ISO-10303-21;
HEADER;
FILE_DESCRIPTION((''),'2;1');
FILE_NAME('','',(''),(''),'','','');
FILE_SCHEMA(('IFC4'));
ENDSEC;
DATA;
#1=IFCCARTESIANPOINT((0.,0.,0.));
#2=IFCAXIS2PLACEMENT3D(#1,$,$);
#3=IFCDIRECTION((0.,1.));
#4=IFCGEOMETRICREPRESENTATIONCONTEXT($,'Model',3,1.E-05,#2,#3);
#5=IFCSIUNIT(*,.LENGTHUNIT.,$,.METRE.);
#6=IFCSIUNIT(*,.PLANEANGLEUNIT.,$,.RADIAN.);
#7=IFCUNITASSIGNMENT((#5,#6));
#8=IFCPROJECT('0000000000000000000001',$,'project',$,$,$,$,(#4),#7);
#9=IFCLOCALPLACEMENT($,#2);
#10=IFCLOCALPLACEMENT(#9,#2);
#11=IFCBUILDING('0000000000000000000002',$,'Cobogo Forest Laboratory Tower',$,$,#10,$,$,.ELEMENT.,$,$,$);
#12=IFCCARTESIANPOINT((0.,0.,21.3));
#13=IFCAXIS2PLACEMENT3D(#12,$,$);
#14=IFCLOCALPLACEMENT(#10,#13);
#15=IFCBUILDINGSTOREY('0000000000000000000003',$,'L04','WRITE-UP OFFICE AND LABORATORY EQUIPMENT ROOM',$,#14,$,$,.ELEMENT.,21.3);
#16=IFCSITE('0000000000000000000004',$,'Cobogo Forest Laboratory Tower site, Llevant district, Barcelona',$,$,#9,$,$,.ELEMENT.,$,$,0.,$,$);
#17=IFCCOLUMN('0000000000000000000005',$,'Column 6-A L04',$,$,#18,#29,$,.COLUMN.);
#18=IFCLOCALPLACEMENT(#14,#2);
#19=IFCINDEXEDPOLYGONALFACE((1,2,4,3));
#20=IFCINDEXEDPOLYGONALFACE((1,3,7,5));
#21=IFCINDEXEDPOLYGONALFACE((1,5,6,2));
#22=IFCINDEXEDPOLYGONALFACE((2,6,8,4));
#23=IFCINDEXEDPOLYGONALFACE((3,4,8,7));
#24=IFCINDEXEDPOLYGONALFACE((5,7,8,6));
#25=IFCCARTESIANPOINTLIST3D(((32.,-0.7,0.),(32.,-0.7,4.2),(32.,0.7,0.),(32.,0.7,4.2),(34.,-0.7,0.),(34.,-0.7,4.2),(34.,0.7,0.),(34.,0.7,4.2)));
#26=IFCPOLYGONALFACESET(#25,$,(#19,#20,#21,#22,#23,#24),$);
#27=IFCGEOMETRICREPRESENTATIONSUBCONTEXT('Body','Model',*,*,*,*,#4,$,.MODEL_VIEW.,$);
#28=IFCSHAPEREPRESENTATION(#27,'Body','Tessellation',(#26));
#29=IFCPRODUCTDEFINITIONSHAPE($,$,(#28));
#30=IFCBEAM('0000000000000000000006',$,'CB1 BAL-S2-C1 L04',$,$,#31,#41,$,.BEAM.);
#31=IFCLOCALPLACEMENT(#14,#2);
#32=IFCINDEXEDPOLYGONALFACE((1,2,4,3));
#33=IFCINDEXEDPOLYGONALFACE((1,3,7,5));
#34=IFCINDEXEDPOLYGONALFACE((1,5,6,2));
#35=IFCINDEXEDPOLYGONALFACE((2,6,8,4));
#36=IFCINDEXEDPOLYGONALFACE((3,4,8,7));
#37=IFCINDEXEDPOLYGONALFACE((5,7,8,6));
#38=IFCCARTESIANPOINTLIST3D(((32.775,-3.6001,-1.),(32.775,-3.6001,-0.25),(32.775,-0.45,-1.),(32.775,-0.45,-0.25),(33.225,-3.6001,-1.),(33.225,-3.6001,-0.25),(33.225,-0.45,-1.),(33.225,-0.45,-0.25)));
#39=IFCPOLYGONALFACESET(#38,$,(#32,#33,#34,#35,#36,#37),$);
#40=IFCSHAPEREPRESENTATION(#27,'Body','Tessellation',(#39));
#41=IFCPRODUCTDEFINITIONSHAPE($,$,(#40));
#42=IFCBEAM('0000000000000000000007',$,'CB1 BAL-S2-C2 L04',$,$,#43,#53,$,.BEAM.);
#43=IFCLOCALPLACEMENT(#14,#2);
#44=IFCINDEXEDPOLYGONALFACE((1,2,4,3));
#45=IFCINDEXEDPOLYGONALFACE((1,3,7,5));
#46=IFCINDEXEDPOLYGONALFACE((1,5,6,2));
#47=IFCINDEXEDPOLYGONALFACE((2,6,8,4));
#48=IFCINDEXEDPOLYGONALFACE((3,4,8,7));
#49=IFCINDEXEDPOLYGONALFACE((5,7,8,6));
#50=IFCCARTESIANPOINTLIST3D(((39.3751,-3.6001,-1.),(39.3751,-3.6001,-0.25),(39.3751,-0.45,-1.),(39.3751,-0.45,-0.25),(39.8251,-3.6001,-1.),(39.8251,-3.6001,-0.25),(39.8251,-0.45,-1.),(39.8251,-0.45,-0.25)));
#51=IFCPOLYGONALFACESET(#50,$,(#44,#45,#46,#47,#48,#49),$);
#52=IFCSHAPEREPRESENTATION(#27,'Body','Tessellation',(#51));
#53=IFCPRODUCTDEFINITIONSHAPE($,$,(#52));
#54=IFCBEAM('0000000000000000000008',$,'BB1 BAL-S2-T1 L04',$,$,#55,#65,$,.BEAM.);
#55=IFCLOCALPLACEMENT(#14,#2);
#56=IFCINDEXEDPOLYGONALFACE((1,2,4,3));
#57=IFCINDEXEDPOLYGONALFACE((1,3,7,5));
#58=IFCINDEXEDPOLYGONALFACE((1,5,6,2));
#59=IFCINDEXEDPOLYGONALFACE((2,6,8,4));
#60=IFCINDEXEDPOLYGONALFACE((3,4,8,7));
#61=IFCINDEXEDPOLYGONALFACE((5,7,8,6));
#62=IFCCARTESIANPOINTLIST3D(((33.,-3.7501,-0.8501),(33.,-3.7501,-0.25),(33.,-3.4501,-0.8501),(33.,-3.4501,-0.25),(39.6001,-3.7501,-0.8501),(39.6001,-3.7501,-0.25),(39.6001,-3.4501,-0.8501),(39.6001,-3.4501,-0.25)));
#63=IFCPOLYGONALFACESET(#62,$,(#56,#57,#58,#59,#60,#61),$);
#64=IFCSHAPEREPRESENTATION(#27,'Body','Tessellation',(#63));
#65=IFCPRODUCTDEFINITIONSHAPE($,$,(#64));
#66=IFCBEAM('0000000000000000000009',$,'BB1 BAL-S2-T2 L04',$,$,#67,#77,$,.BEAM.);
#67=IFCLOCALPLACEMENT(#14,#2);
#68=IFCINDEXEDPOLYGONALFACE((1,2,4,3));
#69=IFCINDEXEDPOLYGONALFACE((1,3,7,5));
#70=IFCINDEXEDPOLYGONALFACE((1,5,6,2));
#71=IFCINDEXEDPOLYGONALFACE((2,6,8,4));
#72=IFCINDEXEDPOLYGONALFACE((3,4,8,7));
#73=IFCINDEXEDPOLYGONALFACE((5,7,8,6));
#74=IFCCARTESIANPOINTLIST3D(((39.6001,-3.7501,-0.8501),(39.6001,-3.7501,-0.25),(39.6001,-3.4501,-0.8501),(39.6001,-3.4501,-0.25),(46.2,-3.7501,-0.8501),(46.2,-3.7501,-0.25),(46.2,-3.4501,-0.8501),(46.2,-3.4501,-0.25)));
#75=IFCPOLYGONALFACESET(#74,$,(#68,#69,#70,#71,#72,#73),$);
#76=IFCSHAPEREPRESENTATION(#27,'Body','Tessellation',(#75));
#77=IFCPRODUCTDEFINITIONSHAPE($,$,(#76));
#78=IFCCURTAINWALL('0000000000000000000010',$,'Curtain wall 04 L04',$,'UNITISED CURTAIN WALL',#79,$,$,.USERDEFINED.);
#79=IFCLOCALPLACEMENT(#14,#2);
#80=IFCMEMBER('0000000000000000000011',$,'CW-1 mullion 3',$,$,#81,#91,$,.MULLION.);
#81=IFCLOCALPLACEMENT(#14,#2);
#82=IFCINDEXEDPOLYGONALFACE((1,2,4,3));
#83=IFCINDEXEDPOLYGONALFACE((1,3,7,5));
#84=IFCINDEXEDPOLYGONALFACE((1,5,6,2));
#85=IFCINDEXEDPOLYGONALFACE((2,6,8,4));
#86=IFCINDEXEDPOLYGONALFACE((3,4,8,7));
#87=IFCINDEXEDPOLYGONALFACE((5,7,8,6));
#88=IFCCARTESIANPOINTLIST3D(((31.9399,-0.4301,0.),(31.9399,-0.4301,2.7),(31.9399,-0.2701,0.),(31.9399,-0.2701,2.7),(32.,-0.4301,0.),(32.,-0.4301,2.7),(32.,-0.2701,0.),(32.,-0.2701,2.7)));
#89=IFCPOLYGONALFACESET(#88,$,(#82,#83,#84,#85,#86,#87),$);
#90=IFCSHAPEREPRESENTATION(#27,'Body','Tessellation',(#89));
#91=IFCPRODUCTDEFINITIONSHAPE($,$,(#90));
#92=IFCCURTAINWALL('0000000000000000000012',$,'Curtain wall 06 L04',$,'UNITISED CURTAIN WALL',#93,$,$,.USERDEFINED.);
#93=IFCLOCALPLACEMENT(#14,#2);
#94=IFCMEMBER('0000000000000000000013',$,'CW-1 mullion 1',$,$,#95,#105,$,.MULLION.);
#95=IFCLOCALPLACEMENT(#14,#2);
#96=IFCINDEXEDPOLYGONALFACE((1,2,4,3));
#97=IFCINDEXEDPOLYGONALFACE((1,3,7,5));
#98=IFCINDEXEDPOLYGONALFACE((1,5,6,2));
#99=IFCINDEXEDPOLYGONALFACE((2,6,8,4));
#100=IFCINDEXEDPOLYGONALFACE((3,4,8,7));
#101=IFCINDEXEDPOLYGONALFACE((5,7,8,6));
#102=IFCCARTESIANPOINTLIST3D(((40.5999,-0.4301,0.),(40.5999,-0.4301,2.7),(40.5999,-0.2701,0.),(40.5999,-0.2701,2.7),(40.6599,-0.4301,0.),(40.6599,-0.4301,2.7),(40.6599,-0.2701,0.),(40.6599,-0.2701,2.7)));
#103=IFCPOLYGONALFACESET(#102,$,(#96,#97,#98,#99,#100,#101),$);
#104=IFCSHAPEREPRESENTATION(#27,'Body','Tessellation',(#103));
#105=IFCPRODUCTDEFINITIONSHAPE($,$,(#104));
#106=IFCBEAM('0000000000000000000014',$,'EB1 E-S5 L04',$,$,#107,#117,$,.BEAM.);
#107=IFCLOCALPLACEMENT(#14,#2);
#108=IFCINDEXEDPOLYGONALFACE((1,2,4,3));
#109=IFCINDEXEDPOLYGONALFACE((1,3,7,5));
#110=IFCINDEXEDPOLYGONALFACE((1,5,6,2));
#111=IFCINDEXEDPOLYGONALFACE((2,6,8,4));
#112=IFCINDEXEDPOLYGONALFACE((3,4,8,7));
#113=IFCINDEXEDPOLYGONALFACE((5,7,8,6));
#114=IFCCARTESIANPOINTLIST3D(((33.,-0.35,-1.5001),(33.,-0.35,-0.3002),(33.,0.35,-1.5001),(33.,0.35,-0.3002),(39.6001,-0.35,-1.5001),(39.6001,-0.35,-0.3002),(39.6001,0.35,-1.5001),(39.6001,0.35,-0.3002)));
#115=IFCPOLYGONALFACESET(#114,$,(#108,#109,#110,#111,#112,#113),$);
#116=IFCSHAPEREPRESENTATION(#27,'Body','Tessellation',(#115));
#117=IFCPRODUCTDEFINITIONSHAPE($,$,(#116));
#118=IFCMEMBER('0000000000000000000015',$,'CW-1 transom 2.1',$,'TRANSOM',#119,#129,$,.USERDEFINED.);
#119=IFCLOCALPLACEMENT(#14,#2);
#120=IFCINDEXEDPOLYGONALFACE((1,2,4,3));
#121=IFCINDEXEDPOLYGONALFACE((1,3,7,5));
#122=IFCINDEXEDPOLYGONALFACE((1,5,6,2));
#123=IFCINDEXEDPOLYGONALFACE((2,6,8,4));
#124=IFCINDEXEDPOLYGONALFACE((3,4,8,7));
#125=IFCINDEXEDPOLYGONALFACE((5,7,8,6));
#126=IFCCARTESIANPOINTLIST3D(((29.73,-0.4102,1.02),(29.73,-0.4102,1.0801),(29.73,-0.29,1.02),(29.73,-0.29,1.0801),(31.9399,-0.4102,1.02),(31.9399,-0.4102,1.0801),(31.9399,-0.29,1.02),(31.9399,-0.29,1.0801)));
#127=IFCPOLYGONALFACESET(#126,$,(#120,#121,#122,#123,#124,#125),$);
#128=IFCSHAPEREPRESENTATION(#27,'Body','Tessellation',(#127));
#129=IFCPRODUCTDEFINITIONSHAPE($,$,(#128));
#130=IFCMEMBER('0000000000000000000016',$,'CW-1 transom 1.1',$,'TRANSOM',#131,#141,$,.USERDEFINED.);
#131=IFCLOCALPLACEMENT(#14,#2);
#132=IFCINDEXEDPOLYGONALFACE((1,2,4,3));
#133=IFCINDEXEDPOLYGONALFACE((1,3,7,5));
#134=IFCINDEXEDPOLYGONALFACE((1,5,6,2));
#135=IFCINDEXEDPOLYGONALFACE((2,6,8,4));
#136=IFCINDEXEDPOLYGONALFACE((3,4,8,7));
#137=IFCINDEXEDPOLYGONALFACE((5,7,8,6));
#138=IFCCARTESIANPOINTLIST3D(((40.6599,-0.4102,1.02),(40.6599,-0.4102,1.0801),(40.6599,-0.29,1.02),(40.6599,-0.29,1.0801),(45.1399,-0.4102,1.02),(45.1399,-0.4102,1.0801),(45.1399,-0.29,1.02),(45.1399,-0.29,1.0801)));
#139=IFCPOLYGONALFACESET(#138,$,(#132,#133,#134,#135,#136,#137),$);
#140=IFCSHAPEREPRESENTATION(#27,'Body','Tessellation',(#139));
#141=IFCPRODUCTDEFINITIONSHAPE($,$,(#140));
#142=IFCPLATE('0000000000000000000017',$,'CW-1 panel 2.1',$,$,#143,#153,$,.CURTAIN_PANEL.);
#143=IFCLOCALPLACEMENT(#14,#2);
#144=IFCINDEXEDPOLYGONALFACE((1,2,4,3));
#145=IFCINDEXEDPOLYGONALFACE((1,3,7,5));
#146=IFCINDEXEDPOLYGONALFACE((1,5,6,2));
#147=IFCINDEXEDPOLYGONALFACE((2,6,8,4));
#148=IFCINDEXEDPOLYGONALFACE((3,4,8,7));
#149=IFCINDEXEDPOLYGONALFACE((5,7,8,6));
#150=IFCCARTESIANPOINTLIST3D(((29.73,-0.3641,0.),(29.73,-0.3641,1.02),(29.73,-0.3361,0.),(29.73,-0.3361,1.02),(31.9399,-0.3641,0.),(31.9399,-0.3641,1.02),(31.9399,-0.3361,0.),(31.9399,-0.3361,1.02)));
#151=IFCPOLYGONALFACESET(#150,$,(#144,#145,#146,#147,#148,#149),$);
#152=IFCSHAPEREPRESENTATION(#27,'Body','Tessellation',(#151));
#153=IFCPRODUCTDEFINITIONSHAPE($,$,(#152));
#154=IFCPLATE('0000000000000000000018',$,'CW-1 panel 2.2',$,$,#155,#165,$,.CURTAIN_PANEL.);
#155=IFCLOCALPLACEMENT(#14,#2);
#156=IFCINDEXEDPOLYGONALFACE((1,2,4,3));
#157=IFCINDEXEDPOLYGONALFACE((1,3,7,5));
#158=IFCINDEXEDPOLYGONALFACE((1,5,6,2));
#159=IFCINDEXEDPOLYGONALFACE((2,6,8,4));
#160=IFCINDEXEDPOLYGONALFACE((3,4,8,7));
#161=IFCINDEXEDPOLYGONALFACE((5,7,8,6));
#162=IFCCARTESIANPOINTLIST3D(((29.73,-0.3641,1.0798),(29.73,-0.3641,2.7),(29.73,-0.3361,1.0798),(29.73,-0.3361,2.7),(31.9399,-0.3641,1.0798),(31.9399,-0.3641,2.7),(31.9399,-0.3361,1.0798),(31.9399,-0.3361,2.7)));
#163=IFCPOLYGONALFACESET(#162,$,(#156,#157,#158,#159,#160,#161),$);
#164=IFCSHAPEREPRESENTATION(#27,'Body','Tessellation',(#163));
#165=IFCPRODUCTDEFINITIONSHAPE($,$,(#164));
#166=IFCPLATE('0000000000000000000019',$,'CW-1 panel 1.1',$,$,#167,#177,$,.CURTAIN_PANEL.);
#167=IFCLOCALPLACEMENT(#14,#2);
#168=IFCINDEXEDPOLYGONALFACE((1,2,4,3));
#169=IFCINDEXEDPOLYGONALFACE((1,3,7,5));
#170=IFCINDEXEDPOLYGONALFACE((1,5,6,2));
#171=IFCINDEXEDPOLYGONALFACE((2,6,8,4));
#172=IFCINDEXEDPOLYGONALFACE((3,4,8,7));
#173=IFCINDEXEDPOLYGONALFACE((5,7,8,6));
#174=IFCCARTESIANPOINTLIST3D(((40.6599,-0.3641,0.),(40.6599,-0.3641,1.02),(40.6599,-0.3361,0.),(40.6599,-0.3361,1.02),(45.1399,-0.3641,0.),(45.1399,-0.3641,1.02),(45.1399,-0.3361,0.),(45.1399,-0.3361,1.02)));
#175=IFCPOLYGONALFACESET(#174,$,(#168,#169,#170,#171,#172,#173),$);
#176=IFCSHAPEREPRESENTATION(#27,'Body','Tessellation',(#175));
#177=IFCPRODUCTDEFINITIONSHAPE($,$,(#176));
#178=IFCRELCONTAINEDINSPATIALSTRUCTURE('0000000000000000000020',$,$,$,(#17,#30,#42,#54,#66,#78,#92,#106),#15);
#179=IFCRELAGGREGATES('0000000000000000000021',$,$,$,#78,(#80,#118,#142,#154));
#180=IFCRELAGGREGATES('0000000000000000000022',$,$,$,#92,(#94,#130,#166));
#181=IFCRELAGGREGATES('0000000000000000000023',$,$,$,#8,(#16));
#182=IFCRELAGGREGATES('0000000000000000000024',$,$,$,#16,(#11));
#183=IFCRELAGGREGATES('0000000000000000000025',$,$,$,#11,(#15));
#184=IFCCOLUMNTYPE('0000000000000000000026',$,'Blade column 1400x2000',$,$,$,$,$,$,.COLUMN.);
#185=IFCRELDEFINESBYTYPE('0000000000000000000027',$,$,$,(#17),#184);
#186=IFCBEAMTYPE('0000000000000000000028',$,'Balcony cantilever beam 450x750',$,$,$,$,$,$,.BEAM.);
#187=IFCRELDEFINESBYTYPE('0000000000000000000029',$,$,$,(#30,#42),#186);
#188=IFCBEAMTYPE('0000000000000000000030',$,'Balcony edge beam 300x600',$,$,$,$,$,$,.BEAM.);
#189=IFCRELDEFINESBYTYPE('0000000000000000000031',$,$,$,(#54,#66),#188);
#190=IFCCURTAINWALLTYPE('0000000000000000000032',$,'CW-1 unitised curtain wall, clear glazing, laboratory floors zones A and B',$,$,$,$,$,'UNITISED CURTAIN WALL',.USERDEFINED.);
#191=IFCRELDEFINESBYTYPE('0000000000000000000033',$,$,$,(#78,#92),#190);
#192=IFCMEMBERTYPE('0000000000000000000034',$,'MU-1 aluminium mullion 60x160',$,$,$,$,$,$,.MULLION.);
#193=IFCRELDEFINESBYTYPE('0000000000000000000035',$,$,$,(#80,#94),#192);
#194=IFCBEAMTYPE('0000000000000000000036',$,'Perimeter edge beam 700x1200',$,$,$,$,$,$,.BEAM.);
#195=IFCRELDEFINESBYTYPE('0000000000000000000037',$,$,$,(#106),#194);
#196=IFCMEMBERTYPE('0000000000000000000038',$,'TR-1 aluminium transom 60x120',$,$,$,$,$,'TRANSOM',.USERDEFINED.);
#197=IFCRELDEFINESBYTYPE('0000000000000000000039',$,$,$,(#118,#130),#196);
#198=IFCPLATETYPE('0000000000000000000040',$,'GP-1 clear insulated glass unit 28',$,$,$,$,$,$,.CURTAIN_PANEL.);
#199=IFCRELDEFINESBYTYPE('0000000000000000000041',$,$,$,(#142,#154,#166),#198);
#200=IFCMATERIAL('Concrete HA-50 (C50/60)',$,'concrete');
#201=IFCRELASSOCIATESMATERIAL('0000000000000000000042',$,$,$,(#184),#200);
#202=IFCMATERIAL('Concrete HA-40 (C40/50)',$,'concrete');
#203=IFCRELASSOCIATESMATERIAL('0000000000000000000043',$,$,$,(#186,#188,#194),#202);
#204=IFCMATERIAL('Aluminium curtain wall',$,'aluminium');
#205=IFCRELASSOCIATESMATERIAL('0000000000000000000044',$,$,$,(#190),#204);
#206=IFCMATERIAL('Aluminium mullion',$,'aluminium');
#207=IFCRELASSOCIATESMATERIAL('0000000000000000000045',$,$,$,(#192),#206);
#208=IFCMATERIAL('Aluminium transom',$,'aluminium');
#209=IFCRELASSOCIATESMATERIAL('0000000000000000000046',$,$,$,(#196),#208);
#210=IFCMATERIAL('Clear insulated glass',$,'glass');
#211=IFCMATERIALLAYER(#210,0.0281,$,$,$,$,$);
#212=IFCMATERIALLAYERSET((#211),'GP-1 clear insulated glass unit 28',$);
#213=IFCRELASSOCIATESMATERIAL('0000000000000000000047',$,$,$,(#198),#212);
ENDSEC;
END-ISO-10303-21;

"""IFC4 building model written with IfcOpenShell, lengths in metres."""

from ifc_helpers import new_model, si_unit, direction, frame, origin, origin_2d, place, context, subcontext, project, spatial, rectangle, extrude, material, layer, layer_set, material_profile, profile_set, type_object, element, aggregate, save


model = new_model("IFC4")

# Units and contexts
model_context = context("Model", 3, precision=1e-05, world=origin(), true_north=direction((0.0, 1.0)))
body_context = subcontext(model_context, "Body", "Model", "MODEL_VIEW")
ifc_project = project(units=[si_unit("LENGTHUNIT", "METRE"), si_unit("PLANEANGLEUNIT", "RADIAN")], contexts=[model_context])

# Site, building, storey
site_placement = place(None, origin())
site = spatial("IfcSite", under=ifc_project, at=site_placement, Name="Cobogo Forest Laboratory Tower site, Llevant district, Barcelona", CompositionType="ELEMENT", RefElevation=0.0)
building_placement = place(site_placement, origin())
building = spatial("IfcBuilding", under=site, at=building_placement, Name="Cobogo Forest Laboratory Tower", CompositionType="ELEMENT")
storey_placement = place(building_placement, frame((0.0, 0.0, 21.3)))
storey = spatial("IfcBuildingStorey", under=building, at=storey_placement, Name="L04", Description="WRITE-UP OFFICE AND LABORATORY EQUIPMENT ROOM", CompositionType="ELEMENT", Elevation=21.3)

# Column
ifc_material_1 = material(Name="Concrete HA-50 (C50/60)", Category="concrete")
ifc_material_profile_1 = material_profile(ifc_material_1, rectangle(XDim=2.0, YDim=1.3999, at=origin_2d()), Name="RC 1400x2000")
ifc_profile_set_1 = profile_set([ifc_material_profile_1], Name="Concrete HA-50 (C50/60)")
column_type = type_object("IfcColumnType", Name="Blade column 1400x2000", PredefinedType="COLUMN", material=ifc_profile_set_1)
column_placement = place(storey_placement, frame((33.0, 0.0, 0.0), z_axis=(0.0, 0.0, 1.0), x_axis=(1.0, 0.0, 0.0)))
element("IfcColumn", 1, at=column_placement, inside=storey, type_object=column_type, Name="Column 6-A L04", PredefinedType="COLUMN", context=body_context, shape_type="SweptSolid", body=[
    extrude(rectangle(XDim=2.0, YDim=1.3999, at=origin_2d()), origin(), (0.0, 0.0, 1.0), 4.2),
])

# Beams
ifc_material_2 = material(Name="Concrete HA-40 (C40/50)", Category="concrete")
ifc_material_profile_2 = material_profile(ifc_material_2, rectangle(XDim=0.45, YDim=0.75, at=origin_2d()), Name="RC 450x750")
ifc_profile_set_2 = profile_set([ifc_material_profile_2], Name="Concrete HA-40 (C40/50)")
beam_type_1 = type_object("IfcBeamType", Name="Balcony cantilever beam 450x750", PredefinedType="BEAM", material=ifc_profile_set_2)
for number, where, z_axis, x_axis, name in (
    (2, (33.0, -0.45, -0.625), (0.0, -1.0, 0.0), (1.0, 0.0, 0.0), "CB1 BAL-S2-C1 L04"),
    (3, (39.6001, -0.45, -0.625), (0.0, -1.0, 0.0), (1.0, 0.0, 0.0), "CB1 BAL-S2-C2 L04"),
):
    element("IfcBeam", number, at=place(storey_placement, frame(where, z_axis=z_axis, x_axis=x_axis)), inside=storey, type_object=beam_type_1, Name=name, PredefinedType="BEAM", context=body_context, shape_type="SweptSolid", body=[
        extrude(rectangle(XDim=0.45, YDim=0.75, at=origin_2d()), origin(), (0.0, 0.0, 1.0), 3.1501),
    ])
ifc_material_profile_3 = material_profile(ifc_material_2, rectangle(XDim=0.3, YDim=0.6001, at=origin_2d()), Name="RC 300x600")
ifc_profile_set_3 = profile_set([ifc_material_profile_3], Name="Concrete HA-40 (C40/50)")
beam_type_2 = type_object("IfcBeamType", Name="Balcony edge beam 300x600", PredefinedType="BEAM", material=ifc_profile_set_3)
beam_1_placement = place(storey_placement, frame((33.0, -3.6001, -0.55), z_axis=(1.0, 0.0, 0.0), x_axis=(0.0, 1.0, 0.0)))
element("IfcBeam", 4, at=beam_1_placement, inside=storey, type_object=beam_type_2, Name="BB1 BAL-S2-T1 L04", PredefinedType="BEAM", context=body_context, shape_type="SweptSolid", body=[
    extrude(rectangle(XDim=0.3, YDim=0.6001, at=origin_2d()), origin(), (0.0, 0.0, 1.0), 6.6001),
])
beam_2_placement = place(storey_placement, frame((39.6001, -3.6001, -0.55), z_axis=(1.0, 0.0, 0.0), x_axis=(0.0, 1.0, 0.0)))
element("IfcBeam", 5, at=beam_2_placement, inside=storey, type_object=beam_type_2, Name="BB1 BAL-S2-T2 L04", PredefinedType="BEAM", context=body_context, shape_type="SweptSolid", body=[
    extrude(rectangle(XDim=0.3, YDim=0.6001, at=origin_2d()), origin(), (0.0, 0.0, 1.0), 6.5999),
])

# Curtain walls, members
ifc_material_3 = material(Name="Aluminium curtain wall", Category="aluminium")
curtain_wall_type = type_object("IfcCurtainWallType", Name="CW-1 unitised curtain wall, clear glazing, laboratory floors zones A and B", ElementType="UNITISED CURTAIN WALL", PredefinedType="USERDEFINED", material=ifc_material_3)
curtain_wall_1_placement = place(storey_placement, origin())
curtain_wall_1 = element("IfcCurtainWall", 6, at=curtain_wall_1_placement, inside=storey, type_object=curtain_wall_type, Name="Curtain wall 04 L04", ObjectType="UNITISED CURTAIN WALL", PredefinedType="USERDEFINED")
ifc_material_4 = material(Name="Aluminium mullion", Category="aluminium")
ifc_material_profile_4 = material_profile(ifc_material_4, rectangle(XDim=0.0601, YDim=0.1599, at=origin_2d()), Name="AL 60x160")
ifc_profile_set_4 = profile_set([ifc_material_profile_4], Name="Aluminium mullion")
member_type_1 = type_object("IfcMemberType", Name="MU-1 aluminium mullion 60x160", PredefinedType="MULLION", material=ifc_profile_set_4)
member_1_placement = place(storey_placement, frame((31.97, -0.3501, 0.0), z_axis=(0.0, 0.0, 1.0), x_axis=(1.0, 0.0, 0.0)))
member_1 = element("IfcMember", 7, at=member_1_placement, type_object=member_type_1, Name="CW-1 mullion 3", PredefinedType="MULLION", context=body_context, shape_type="SweptSolid", body=[
    extrude(rectangle(XDim=0.0601, YDim=0.1599, at=origin_2d()), origin(), (0.0, 0.0, 1.0), 2.7),
])
curtain_wall_2_placement = place(storey_placement, origin())
curtain_wall_2 = element("IfcCurtainWall", 8, at=curtain_wall_2_placement, inside=storey, type_object=curtain_wall_type, Name="Curtain wall 06 L04", ObjectType="UNITISED CURTAIN WALL", PredefinedType="USERDEFINED")
member_2_placement = place(storey_placement, frame((40.6299, -0.3501, 0.0), z_axis=(0.0, 0.0, 1.0), x_axis=(1.0, 0.0, 0.0)))
member_2 = element("IfcMember", 9, at=member_2_placement, type_object=member_type_1, Name="CW-1 mullion 1", PredefinedType="MULLION", context=body_context, shape_type="SweptSolid", body=[
    extrude(rectangle(XDim=0.0601, YDim=0.1599, at=origin_2d()), origin(), (0.0, 0.0, 1.0), 2.7),
])

# Beam
ifc_material_profile_5 = material_profile(ifc_material_2, rectangle(XDim=0.7, YDim=1.2, at=origin_2d()), Name="RC 700x1200")
ifc_profile_set_5 = profile_set([ifc_material_profile_5], Name="Concrete HA-40 (C40/50)")
beam_type_3 = type_object("IfcBeamType", Name="Perimeter edge beam 700x1200", PredefinedType="BEAM", material=ifc_profile_set_5)
beam_3_placement = place(storey_placement, frame((33.0, 0.0, -0.9001), z_axis=(1.0, 0.0, 0.0), x_axis=(0.0, 1.0, 0.0)))
element("IfcBeam", 10, at=beam_3_placement, inside=storey, type_object=beam_type_3, Name="EB1 E-S5 L04", PredefinedType="BEAM", context=body_context, shape_type="SweptSolid", body=[
    extrude(rectangle(XDim=0.7, YDim=1.2, at=origin_2d()), origin(), (0.0, 0.0, 1.0), 6.6001),
])

# Members
ifc_material_5 = material(Name="Aluminium transom", Category="aluminium")
ifc_material_profile_6 = material_profile(ifc_material_5, rectangle(XDim=0.1201, YDim=0.0601, at=origin_2d()), Name="AL 60x120")
ifc_profile_set_6 = profile_set([ifc_material_profile_6], Name="Aluminium transom")
member_type_2 = type_object("IfcMemberType", Name="TR-1 aluminium transom 60x120", ElementType="TRANSOM", PredefinedType="USERDEFINED", material=ifc_profile_set_6)
member_3_placement = place(storey_placement, frame((29.73, -0.3501, 1.05), z_axis=(1.0, 0.0, 0.0), x_axis=(0.0, 1.0, 0.0)))
member_3 = element("IfcMember", 11, at=member_3_placement, type_object=member_type_2, Name="CW-1 transom 2.1", ObjectType="TRANSOM", PredefinedType="USERDEFINED", context=body_context, shape_type="SweptSolid", body=[
    extrude(rectangle(XDim=0.1201, YDim=0.0601, at=origin_2d()), origin(), (0.0, 0.0, 1.0), 2.21),
])
member_4_placement = place(storey_placement, frame((40.6599, -0.3501, 1.05), z_axis=(1.0, 0.0, 0.0), x_axis=(0.0, 1.0, 0.0)))
member_4 = element("IfcMember", 12, at=member_4_placement, type_object=member_type_2, Name="CW-1 transom 1.1", ObjectType="TRANSOM", PredefinedType="USERDEFINED", context=body_context, shape_type="SweptSolid", body=[
    extrude(rectangle(XDim=0.1201, YDim=0.0601, at=origin_2d()), origin(), (0.0, 0.0, 1.0), 4.48),
])

# Plates
ifc_material_6 = material(Name="Clear insulated glass", Category="glass")
ifc_layer_1 = layer(ifc_material_6, 0.0281)
ifc_layer_set_1 = layer_set([ifc_layer_1], Name="GP-1 clear insulated glass unit 28")
plate_type = type_object("IfcPlateType", Name="GP-1 clear insulated glass unit 28", PredefinedType="CURTAIN_PANEL", material=ifc_layer_set_1)
plate_1_placement = place(storey_placement, frame((30.835, -0.3501, 0.0), z_axis=(0.0, 0.0, 1.0), x_axis=(1.0, 0.0, 0.0)))
plate_1 = element("IfcPlate", 13, at=plate_1_placement, type_object=plate_type, Name="CW-1 panel 2.1", PredefinedType="CURTAIN_PANEL", context=body_context, shape_type="SweptSolid", body=[
    extrude(rectangle(XDim=2.21, YDim=0.0281, at=origin_2d()), origin(), (0.0, 0.0, 1.0), 1.02),
])
plate_2_placement = place(storey_placement, frame((30.835, -0.3501, 1.0798), z_axis=(0.0, 0.0, 1.0), x_axis=(1.0, 0.0, 0.0)))
plate_2 = element("IfcPlate", 14, at=plate_2_placement, type_object=plate_type, Name="CW-1 panel 2.2", PredefinedType="CURTAIN_PANEL", context=body_context, shape_type="SweptSolid", body=[
    extrude(rectangle(XDim=2.21, YDim=0.0281, at=origin_2d()), origin(), (0.0, 0.0, 1.0), 1.6201),
])
aggregate(curtain_wall_1, [member_1, member_3, plate_1, plate_2])
plate_3_placement = place(storey_placement, frame((42.8999, -0.3501, 0.0), z_axis=(0.0, 0.0, 1.0), x_axis=(1.0, 0.0, 0.0)))
plate_3 = element("IfcPlate", 15, at=plate_3_placement, type_object=plate_type, Name="CW-1 panel 1.1", PredefinedType="CURTAIN_PANEL", context=body_context, shape_type="SweptSolid", body=[
    extrude(rectangle(XDim=4.48, YDim=0.0281, at=origin_2d()), origin(), (0.0, 0.0, 1.0), 1.02),
])
aggregate(curtain_wall_2, [member_2, member_4, plate_3])

save(model, "model.ifc")
